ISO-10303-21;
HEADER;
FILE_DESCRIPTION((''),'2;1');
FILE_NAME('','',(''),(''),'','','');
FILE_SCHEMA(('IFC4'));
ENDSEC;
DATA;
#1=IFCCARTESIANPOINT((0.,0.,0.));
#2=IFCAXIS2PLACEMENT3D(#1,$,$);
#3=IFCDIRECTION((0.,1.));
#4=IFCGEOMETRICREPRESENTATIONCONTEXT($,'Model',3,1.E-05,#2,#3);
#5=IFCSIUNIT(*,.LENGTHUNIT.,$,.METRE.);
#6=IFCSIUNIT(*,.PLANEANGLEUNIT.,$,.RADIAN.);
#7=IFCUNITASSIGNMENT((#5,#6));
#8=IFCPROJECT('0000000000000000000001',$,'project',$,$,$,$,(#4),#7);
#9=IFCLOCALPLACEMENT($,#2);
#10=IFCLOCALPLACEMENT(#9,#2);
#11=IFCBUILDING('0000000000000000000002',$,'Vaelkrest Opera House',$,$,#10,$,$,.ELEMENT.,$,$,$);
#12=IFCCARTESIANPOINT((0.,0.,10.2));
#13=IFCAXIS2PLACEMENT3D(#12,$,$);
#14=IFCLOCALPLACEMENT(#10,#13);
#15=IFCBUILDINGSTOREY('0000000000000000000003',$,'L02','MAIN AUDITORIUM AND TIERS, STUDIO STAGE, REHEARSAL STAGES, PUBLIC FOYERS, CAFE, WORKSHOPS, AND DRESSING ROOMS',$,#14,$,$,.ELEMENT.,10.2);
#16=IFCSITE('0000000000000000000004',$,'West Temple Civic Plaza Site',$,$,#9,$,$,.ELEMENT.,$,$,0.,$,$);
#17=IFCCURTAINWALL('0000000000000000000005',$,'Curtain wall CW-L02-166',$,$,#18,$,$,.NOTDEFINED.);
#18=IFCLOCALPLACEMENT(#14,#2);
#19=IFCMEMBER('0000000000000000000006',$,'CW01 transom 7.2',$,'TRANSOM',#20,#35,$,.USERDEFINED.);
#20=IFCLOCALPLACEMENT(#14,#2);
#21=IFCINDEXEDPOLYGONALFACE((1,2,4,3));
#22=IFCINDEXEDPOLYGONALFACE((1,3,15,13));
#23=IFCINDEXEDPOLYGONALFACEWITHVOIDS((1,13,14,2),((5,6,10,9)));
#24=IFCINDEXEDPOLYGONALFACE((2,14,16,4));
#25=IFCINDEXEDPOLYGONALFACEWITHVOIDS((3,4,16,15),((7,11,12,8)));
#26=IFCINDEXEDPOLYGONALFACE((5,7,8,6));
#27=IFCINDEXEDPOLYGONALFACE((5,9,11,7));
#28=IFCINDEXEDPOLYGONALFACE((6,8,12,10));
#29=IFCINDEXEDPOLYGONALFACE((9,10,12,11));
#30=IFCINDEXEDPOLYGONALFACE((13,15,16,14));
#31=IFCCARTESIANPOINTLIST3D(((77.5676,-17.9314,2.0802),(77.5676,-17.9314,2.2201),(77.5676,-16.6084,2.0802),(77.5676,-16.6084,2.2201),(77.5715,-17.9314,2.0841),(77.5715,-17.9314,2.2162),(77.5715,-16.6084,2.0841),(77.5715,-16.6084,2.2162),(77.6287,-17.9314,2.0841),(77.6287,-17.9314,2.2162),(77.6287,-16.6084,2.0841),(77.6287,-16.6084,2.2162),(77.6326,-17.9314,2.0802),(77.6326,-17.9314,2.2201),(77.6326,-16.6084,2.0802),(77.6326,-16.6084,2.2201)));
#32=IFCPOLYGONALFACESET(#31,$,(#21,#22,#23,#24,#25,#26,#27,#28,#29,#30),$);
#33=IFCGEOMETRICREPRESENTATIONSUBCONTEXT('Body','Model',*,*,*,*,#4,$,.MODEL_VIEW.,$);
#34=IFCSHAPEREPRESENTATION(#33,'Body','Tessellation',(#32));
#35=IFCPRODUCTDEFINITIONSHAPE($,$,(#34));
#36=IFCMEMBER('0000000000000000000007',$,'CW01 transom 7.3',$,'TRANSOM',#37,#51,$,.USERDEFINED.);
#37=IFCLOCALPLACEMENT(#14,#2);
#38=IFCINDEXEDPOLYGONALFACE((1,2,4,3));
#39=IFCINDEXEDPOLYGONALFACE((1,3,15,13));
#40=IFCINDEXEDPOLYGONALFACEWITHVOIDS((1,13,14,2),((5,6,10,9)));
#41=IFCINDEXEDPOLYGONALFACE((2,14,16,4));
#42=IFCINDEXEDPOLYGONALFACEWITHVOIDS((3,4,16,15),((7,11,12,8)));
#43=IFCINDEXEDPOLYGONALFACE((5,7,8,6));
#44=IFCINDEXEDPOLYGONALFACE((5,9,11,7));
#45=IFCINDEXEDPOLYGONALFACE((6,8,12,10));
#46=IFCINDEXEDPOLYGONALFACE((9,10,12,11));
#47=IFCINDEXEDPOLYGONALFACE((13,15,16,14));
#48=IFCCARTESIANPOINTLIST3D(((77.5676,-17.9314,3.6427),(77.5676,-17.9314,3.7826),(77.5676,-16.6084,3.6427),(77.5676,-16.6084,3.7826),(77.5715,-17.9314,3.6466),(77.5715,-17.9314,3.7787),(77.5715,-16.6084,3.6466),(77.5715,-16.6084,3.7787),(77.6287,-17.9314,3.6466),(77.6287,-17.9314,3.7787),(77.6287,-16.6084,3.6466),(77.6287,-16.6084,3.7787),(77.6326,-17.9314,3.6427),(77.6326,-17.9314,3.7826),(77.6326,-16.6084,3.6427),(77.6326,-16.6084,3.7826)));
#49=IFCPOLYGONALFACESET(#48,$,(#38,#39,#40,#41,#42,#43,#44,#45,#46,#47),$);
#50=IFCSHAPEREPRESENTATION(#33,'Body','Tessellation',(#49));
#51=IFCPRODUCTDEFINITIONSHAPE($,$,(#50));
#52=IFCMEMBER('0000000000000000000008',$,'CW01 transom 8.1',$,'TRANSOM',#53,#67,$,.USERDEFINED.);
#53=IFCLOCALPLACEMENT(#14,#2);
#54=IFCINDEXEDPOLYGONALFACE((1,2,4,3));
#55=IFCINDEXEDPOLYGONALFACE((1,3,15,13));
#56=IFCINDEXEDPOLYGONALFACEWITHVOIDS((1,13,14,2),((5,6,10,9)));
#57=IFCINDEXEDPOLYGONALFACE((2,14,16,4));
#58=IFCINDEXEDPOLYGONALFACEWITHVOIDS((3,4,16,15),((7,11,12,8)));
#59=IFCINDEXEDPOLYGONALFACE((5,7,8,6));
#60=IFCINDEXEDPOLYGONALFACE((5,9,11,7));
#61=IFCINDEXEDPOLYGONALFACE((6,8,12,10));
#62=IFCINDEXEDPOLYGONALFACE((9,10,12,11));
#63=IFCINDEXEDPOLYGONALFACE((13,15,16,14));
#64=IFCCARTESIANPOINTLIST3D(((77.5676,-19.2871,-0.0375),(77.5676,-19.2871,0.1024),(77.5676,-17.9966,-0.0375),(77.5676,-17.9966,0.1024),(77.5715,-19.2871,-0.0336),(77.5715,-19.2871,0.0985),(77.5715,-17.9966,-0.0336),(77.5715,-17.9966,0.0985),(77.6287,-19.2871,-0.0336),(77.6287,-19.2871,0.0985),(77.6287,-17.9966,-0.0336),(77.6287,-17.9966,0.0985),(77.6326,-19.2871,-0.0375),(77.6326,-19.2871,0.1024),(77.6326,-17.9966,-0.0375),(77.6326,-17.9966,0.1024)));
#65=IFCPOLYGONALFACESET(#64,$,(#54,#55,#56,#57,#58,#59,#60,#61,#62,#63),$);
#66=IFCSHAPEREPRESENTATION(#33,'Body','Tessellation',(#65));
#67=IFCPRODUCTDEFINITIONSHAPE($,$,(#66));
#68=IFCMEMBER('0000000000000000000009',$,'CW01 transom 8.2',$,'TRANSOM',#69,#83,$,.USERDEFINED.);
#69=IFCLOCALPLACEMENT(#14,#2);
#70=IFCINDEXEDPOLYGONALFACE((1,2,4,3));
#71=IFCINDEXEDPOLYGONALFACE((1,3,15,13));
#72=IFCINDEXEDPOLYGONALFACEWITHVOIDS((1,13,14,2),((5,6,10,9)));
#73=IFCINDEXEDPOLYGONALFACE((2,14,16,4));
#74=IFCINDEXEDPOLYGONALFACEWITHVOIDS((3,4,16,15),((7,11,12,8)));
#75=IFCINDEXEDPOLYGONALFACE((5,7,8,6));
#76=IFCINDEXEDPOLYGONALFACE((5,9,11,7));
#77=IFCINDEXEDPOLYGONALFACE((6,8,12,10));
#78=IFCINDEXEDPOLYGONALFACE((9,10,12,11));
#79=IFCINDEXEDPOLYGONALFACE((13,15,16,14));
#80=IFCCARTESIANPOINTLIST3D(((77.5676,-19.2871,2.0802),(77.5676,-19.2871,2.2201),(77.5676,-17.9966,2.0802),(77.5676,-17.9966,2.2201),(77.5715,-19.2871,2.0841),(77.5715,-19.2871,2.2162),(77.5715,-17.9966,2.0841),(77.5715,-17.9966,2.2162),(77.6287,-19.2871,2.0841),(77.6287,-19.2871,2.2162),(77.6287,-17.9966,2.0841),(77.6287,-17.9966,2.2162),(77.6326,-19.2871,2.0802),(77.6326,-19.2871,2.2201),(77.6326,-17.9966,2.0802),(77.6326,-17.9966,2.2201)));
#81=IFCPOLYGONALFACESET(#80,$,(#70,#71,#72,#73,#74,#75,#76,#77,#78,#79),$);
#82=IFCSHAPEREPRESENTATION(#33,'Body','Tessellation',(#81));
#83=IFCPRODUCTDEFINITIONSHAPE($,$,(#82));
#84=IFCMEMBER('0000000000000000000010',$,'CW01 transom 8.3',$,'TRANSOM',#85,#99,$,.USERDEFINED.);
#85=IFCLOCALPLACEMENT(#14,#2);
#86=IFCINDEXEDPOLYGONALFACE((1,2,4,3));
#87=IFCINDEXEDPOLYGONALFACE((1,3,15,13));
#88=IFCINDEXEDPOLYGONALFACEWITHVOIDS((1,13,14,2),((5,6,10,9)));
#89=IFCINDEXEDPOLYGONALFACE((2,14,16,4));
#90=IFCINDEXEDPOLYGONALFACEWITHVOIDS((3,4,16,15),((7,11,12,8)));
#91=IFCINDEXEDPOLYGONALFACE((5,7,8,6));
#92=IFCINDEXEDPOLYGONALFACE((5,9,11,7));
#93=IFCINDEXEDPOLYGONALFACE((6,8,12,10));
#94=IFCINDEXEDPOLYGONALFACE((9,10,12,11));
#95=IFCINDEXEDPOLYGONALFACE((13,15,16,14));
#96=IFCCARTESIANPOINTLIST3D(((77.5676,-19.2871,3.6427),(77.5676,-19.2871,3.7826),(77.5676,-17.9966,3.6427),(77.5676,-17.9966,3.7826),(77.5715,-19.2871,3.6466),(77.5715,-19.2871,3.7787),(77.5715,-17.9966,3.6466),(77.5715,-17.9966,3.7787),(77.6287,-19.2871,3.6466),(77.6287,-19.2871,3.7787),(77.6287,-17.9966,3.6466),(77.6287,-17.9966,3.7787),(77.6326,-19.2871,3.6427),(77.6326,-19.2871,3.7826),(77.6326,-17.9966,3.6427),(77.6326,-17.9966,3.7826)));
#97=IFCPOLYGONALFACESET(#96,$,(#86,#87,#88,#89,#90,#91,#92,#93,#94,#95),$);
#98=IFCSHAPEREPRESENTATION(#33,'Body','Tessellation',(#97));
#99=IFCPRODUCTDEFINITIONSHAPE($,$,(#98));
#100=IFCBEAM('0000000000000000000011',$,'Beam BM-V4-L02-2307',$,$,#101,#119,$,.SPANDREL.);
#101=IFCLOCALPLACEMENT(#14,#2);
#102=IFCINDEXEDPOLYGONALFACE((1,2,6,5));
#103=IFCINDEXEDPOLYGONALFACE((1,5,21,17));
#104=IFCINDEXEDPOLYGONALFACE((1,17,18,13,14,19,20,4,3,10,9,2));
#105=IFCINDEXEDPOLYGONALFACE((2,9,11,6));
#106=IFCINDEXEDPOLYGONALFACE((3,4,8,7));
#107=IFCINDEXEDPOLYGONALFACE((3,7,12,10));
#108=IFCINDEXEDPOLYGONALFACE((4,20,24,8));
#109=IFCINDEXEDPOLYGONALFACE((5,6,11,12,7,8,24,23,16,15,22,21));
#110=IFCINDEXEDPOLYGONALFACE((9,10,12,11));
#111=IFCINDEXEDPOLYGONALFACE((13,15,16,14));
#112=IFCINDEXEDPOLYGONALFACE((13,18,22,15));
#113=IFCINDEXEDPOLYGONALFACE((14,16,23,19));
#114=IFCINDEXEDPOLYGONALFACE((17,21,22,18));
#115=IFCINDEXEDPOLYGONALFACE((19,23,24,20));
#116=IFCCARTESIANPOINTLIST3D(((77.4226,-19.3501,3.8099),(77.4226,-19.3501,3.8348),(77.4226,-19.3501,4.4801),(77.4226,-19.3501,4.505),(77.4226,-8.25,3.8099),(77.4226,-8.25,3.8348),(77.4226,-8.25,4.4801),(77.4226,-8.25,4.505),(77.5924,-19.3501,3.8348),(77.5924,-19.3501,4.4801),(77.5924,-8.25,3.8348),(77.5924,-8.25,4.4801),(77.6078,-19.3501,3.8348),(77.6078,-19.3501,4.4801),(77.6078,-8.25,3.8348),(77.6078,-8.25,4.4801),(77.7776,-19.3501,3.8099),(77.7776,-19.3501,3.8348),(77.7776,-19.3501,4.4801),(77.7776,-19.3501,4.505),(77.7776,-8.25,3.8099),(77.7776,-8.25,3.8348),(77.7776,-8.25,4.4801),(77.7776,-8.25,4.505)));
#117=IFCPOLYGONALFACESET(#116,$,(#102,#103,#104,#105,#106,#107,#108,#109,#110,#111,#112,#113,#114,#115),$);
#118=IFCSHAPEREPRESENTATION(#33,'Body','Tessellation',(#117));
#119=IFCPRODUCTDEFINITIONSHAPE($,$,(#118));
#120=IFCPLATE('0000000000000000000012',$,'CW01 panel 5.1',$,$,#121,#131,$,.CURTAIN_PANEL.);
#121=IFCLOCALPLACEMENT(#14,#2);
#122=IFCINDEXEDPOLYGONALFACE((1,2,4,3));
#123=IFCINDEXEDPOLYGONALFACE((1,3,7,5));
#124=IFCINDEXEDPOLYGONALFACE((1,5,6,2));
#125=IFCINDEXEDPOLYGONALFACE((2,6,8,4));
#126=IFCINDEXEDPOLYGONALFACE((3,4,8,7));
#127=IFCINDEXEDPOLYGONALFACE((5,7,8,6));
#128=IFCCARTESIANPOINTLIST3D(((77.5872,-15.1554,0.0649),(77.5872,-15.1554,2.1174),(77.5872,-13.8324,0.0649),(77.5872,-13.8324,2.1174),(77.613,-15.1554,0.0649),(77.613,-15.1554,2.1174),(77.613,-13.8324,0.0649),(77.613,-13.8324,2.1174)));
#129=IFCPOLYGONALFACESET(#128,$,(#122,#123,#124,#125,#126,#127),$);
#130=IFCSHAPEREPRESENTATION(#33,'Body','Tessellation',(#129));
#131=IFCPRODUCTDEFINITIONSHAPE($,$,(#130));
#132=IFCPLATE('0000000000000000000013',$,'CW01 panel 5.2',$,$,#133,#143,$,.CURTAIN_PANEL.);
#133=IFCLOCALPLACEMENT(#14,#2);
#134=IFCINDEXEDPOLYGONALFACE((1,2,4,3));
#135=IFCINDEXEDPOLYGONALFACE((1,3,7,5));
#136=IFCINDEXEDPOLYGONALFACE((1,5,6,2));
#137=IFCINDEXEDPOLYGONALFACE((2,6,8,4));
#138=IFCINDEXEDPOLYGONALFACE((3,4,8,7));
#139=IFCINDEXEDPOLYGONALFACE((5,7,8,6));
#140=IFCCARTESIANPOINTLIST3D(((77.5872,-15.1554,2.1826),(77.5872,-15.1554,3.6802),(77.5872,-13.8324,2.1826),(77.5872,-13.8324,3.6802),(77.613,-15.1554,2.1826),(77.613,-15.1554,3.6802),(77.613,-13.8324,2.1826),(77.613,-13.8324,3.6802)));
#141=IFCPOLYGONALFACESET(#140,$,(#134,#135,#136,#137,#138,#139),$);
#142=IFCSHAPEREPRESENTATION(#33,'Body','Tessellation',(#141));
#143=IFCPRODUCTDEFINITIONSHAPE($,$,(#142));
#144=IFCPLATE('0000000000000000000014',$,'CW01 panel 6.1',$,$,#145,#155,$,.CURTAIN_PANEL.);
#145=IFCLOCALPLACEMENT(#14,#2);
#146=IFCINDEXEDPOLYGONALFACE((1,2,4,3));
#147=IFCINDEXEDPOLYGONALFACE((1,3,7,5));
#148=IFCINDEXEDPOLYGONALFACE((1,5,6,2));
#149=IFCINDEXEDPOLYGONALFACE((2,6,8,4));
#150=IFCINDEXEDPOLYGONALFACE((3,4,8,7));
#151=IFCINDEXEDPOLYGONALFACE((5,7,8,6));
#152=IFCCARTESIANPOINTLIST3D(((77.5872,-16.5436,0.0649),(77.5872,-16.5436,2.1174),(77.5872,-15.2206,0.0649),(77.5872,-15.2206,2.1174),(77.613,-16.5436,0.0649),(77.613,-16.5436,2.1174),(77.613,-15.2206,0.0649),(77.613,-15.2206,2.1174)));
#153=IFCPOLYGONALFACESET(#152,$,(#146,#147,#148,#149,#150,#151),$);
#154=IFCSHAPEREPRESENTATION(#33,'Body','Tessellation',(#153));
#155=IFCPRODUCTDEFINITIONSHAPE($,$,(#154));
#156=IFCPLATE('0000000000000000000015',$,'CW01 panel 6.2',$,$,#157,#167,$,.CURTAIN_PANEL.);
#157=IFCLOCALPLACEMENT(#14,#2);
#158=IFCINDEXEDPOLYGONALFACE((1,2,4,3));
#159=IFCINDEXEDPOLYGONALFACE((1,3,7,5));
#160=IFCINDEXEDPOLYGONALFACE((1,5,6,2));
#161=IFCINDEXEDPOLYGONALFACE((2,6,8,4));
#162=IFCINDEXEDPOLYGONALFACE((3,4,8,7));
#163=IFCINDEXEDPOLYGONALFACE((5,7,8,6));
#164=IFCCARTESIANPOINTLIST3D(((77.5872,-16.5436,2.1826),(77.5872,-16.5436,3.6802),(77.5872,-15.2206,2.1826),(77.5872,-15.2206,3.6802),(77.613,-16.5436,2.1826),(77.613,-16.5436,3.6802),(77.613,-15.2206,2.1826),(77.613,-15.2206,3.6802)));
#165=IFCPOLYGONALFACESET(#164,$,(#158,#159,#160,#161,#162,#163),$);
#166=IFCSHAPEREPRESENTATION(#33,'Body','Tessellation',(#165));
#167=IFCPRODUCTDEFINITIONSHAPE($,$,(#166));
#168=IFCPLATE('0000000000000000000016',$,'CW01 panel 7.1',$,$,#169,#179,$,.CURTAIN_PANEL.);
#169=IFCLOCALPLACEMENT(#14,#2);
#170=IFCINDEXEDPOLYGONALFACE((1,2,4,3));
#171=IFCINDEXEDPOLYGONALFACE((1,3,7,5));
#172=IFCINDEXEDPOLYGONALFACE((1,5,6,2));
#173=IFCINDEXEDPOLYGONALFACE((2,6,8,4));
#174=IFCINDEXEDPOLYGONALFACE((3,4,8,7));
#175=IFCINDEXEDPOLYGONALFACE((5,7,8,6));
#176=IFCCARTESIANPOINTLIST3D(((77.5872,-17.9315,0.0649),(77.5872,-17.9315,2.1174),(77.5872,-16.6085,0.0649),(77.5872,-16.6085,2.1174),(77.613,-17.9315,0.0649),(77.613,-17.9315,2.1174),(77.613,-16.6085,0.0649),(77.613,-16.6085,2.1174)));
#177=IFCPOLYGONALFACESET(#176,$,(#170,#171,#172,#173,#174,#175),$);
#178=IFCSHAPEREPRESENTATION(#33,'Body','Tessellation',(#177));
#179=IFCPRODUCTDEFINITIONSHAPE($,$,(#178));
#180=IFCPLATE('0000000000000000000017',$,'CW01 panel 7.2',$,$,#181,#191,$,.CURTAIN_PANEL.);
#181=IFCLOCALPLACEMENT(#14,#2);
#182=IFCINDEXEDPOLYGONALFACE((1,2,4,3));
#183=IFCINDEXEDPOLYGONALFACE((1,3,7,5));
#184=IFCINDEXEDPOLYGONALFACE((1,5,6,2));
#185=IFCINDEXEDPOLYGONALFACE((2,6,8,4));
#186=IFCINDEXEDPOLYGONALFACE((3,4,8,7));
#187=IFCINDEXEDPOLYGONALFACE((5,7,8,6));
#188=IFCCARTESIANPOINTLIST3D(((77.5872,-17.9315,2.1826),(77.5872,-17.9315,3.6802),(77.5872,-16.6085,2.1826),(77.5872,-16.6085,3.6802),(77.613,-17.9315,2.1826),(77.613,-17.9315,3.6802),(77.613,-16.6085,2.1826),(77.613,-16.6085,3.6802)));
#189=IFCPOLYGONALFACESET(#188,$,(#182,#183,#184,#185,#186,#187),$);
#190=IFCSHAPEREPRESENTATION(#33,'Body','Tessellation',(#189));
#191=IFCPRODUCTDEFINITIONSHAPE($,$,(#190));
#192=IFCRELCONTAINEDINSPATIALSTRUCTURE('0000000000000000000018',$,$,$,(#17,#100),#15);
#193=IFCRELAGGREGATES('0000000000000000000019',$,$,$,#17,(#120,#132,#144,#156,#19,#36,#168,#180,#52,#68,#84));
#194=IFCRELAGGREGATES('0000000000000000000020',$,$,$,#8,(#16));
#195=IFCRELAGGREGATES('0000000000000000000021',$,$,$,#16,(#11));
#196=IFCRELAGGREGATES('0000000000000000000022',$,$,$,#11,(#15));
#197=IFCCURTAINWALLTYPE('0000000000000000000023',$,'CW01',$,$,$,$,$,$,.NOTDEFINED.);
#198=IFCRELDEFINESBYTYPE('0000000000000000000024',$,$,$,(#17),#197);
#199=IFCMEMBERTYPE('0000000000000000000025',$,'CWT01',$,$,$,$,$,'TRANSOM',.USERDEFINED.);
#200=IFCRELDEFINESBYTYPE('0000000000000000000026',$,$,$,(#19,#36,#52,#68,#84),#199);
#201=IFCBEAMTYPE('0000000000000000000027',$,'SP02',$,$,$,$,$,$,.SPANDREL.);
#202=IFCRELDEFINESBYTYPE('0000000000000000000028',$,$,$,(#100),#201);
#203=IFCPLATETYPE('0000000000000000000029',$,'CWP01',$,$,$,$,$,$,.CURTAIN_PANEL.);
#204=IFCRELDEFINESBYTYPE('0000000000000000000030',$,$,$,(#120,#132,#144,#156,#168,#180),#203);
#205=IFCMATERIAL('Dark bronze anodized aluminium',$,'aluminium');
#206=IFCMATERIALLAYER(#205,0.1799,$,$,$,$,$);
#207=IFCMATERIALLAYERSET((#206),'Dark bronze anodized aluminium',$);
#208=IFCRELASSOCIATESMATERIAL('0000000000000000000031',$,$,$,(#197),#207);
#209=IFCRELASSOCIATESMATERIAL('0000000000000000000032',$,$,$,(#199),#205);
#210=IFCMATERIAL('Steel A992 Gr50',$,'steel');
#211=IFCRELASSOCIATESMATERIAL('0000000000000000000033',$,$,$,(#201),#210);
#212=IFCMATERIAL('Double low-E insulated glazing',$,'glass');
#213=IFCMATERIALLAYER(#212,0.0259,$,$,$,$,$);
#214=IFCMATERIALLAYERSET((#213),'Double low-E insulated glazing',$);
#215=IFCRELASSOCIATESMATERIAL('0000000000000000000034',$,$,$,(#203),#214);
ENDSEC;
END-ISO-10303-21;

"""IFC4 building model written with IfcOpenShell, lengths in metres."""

from ifc_helpers import new_model, si_unit, direction, frame, origin, origin_2d, place, context, subcontext, project, spatial, rectangle, hollow_rectangle, i_section, extrude, material, layer, layer_set, material_profile, profile_set, type_object, element, aggregate, save


model = new_model("IFC4")

# Units and contexts
model_context = context("Model", 3, precision=1e-05, world=origin(), true_north=direction((0.0, 1.0)))
body_context = subcontext(model_context, "Body", "Model", "MODEL_VIEW")
ifc_project = project(units=[si_unit("LENGTHUNIT", "METRE"), si_unit("PLANEANGLEUNIT", "RADIAN")], contexts=[model_context])

# Site, building, storey
site_placement = place(None, origin())
site = spatial("IfcSite", under=ifc_project, at=site_placement, Name="West Temple Civic Plaza Site", CompositionType="ELEMENT", RefElevation=0.0)
building_placement = place(site_placement, origin())
building = spatial("IfcBuilding", under=site, at=building_placement, Name="Vaelkrest Opera House", CompositionType="ELEMENT")
storey_placement = place(building_placement, frame((0.0, 0.0, 10.2)))
storey = spatial("IfcBuildingStorey", under=building, at=storey_placement, Name="L02", Description="MAIN AUDITORIUM AND TIERS, STUDIO STAGE, REHEARSAL STAGES, PUBLIC FOYERS, CAFE, WORKSHOPS, AND DRESSING ROOMS", CompositionType="ELEMENT", Elevation=10.2)

# Curtain wall, members
ifc_material_1 = material(Name="Dark bronze anodized aluminium", Category="aluminium")
ifc_layer_1 = layer(ifc_material_1, 0.1799)
ifc_layer_set_1 = layer_set([ifc_layer_1], Name="Dark bronze anodized aluminium")
curtain_wall_type = type_object("IfcCurtainWallType", Name="CW01", PredefinedType="NOTDEFINED", material=ifc_layer_set_1)
curtain_wall_placement = place(storey_placement, origin())
curtain_wall = element("IfcCurtainWall", 1, at=curtain_wall_placement, inside=storey, type_object=curtain_wall_type, Name="Curtain wall CW-L02-166", PredefinedType="NOTDEFINED")
ifc_material_profile_1 = material_profile(ifc_material_1, hollow_rectangle(XDim=0.0649, YDim=0.1399, WallThickness=0.0039, at=origin_2d()), Name="CWT65X140")
ifc_profile_set_1 = profile_set([ifc_material_profile_1], Name="Dark bronze anodized aluminium")
member_type_1 = type_object("IfcMemberType", Name="CWT01", ElementType="TRANSOM", PredefinedType="USERDEFINED", material=ifc_profile_set_1)
member_1_placement = place(storey_placement, frame((77.6001, -16.6084, 2.1501), z_axis=(0.0, -1.0, 0.0), x_axis=(1.0, 0.0, 0.0)))
member_1 = element("IfcMember", 2, at=member_1_placement, type_object=member_type_1, Name="CW01 transom 7.2", ObjectType="TRANSOM", PredefinedType="USERDEFINED", context=body_context, shape_type="SweptSolid", body=[
    extrude(hollow_rectangle(XDim=0.0649, YDim=0.1399, WallThickness=0.0039, at=origin_2d()), origin(), (0.0, 0.0, 1.0), 1.323),
])
member_2_placement = place(storey_placement, frame((77.6001, -16.6084, 3.7126), z_axis=(0.0, -1.0, 0.0), x_axis=(1.0, 0.0, 0.0)))
member_2 = element("IfcMember", 3, at=member_2_placement, type_object=member_type_1, Name="CW01 transom 7.3", ObjectType="TRANSOM", PredefinedType="USERDEFINED", context=body_context, shape_type="SweptSolid", body=[
    extrude(hollow_rectangle(XDim=0.0649, YDim=0.1399, WallThickness=0.0039, at=origin_2d()), origin(), (0.0, 0.0, 1.0), 1.323),
])
member_3_placement = place(storey_placement, frame((77.6001, -17.9966, 0.0325), z_axis=(0.0, -1.0, 0.0), x_axis=(1.0, 0.0, 0.0)))
member_3 = element("IfcMember", 4, at=member_3_placement, type_object=member_type_1, Name="CW01 transom 8.1", ObjectType="TRANSOM", PredefinedType="USERDEFINED", context=body_context, shape_type="SweptSolid", body=[
    extrude(hollow_rectangle(XDim=0.0649, YDim=0.1399, WallThickness=0.0039, at=origin_2d()), origin(), (0.0, 0.0, 1.0), 1.2905),
])
member_4_placement = place(storey_placement, frame((77.6001, -17.9966, 2.1501), z_axis=(0.0, -1.0, 0.0), x_axis=(1.0, 0.0, 0.0)))
member_4 = element("IfcMember", 5, at=member_4_placement, type_object=member_type_1, Name="CW01 transom 8.2", ObjectType="TRANSOM", PredefinedType="USERDEFINED", context=body_context, shape_type="SweptSolid", body=[
    extrude(hollow_rectangle(XDim=0.0649, YDim=0.1399, WallThickness=0.0039, at=origin_2d()), origin(), (0.0, 0.0, 1.0), 1.2905),
])
member_5_placement = place(storey_placement, frame((77.6001, -17.9966, 3.7126), z_axis=(0.0, -1.0, 0.0), x_axis=(1.0, 0.0, 0.0)))
member_5 = element("IfcMember", 6, at=member_5_placement, type_object=member_type_1, Name="CW01 transom 8.3", ObjectType="TRANSOM", PredefinedType="USERDEFINED", context=body_context, shape_type="SweptSolid", body=[
    extrude(hollow_rectangle(XDim=0.0649, YDim=0.1399, WallThickness=0.0039, at=origin_2d()), origin(), (0.0, 0.0, 1.0), 1.2905),
])

# Beam
ifc_material_2 = material(Name="Steel A992 Gr50", Category="steel")
ifc_material_profile_2 = material_profile(ifc_material_2, i_section(OverallWidth=0.355, OverallDepth=0.6951, WebThickness=0.0154, FlangeThickness=0.0249, at=origin_2d()), Name="W27X146")
ifc_profile_set_2 = profile_set([ifc_material_profile_2], Name="Steel A992 Gr50")
beam_type = type_object("IfcBeamType", Name="SP02", PredefinedType="SPANDREL", material=ifc_profile_set_2)
beam_placement = place(storey_placement, frame((77.6001, -19.3501, 4.1575), z_axis=(0.0, 1.0, 0.0), x_axis=(-1.0, 0.0, 0.0)))
element("IfcBeam", 7, at=beam_placement, inside=storey, type_object=beam_type, Name="Beam BM-V4-L02-2307", PredefinedType="SPANDREL", context=body_context, shape_type="SweptSolid", body=[
    extrude(i_section(OverallWidth=0.355, OverallDepth=0.6951, WebThickness=0.0154, FlangeThickness=0.0249, at=origin_2d()), origin(), (0.0, 0.0, 1.0), 11.1001),
])

# Plates
ifc_material_3 = material(Name="Double low-E insulated glazing", Category="glass")
ifc_layer_2 = layer(ifc_material_3, 0.0259)
ifc_layer_set_2 = layer_set([ifc_layer_2], Name="Double low-E insulated glazing")
plate_type = type_object("IfcPlateType", Name="CWP01", PredefinedType="CURTAIN_PANEL", material=ifc_layer_set_2)
plate_1_placement = place(storey_placement, frame((77.6001, -14.4939, 0.0649), z_axis=(0.0, 0.0, 1.0), x_axis=(0.0, -1.0, 0.0)))
plate_1 = element("IfcPlate", 8, at=plate_1_placement, type_object=plate_type, Name="CW01 panel 5.1", PredefinedType="CURTAIN_PANEL", context=body_context, shape_type="SweptSolid", body=[
    extrude(rectangle(XDim=1.323, YDim=0.0259, at=origin_2d()), origin(), (0.0, 0.0, 1.0), 2.0525),
])
plate_2_placement = place(storey_placement, frame((77.6001, -14.4939, 2.1826), z_axis=(0.0, 0.0, 1.0), x_axis=(0.0, -1.0, 0.0)))
plate_2 = element("IfcPlate", 9, at=plate_2_placement, type_object=plate_type, Name="CW01 panel 5.2", PredefinedType="CURTAIN_PANEL", context=body_context, shape_type="SweptSolid", body=[
    extrude(rectangle(XDim=1.323, YDim=0.0259, at=origin_2d()), origin(), (0.0, 0.0, 1.0), 1.4976),
])
plate_3_placement = place(storey_placement, frame((77.6001, -15.8821, 0.0649), z_axis=(0.0, 0.0, 1.0), x_axis=(0.0, -1.0, 0.0)))
plate_3 = element("IfcPlate", 10, at=plate_3_placement, type_object=plate_type, Name="CW01 panel 6.1", PredefinedType="CURTAIN_PANEL", context=body_context, shape_type="SweptSolid", body=[
    extrude(rectangle(XDim=1.323, YDim=0.0259, at=origin_2d()), origin(), (0.0, 0.0, 1.0), 2.0525),
])
plate_4_placement = place(storey_placement, frame((77.6001, -15.8821, 2.1826), z_axis=(0.0, 0.0, 1.0), x_axis=(0.0, -1.0, 0.0)))
plate_4 = element("IfcPlate", 11, at=plate_4_placement, type_object=plate_type, Name="CW01 panel 6.2", PredefinedType="CURTAIN_PANEL", context=body_context, shape_type="SweptSolid", body=[
    extrude(rectangle(XDim=1.323, YDim=0.0259, at=origin_2d()), origin(), (0.0, 0.0, 1.0), 1.4976),
])
plate_5_placement = place(storey_placement, frame((77.6001, -17.27, 0.0649), z_axis=(0.0, 0.0, 1.0), x_axis=(0.0, -1.0, 0.0)))
plate_5 = element("IfcPlate", 12, at=plate_5_placement, type_object=plate_type, Name="CW01 panel 7.1", PredefinedType="CURTAIN_PANEL", context=body_context, shape_type="SweptSolid", body=[
    extrude(rectangle(XDim=1.323, YDim=0.0259, at=origin_2d()), origin(), (0.0, 0.0, 1.0), 2.0525),
])
plate_6_placement = place(storey_placement, frame((77.6001, -17.27, 2.1826), z_axis=(0.0, 0.0, 1.0), x_axis=(0.0, -1.0, 0.0)))
plate_6 = element("IfcPlate", 13, at=plate_6_placement, type_object=plate_type, Name="CW01 panel 7.2", PredefinedType="CURTAIN_PANEL", context=body_context, shape_type="SweptSolid", body=[
    extrude(rectangle(XDim=1.323, YDim=0.0259, at=origin_2d()), origin(), (0.0, 0.0, 1.0), 1.4976),
])
aggregate(curtain_wall, [plate_1, plate_2, plate_3, plate_4, member_1, member_2, plate_5, plate_6, member_3, member_4, member_5])

save(model, "model.ifc")
